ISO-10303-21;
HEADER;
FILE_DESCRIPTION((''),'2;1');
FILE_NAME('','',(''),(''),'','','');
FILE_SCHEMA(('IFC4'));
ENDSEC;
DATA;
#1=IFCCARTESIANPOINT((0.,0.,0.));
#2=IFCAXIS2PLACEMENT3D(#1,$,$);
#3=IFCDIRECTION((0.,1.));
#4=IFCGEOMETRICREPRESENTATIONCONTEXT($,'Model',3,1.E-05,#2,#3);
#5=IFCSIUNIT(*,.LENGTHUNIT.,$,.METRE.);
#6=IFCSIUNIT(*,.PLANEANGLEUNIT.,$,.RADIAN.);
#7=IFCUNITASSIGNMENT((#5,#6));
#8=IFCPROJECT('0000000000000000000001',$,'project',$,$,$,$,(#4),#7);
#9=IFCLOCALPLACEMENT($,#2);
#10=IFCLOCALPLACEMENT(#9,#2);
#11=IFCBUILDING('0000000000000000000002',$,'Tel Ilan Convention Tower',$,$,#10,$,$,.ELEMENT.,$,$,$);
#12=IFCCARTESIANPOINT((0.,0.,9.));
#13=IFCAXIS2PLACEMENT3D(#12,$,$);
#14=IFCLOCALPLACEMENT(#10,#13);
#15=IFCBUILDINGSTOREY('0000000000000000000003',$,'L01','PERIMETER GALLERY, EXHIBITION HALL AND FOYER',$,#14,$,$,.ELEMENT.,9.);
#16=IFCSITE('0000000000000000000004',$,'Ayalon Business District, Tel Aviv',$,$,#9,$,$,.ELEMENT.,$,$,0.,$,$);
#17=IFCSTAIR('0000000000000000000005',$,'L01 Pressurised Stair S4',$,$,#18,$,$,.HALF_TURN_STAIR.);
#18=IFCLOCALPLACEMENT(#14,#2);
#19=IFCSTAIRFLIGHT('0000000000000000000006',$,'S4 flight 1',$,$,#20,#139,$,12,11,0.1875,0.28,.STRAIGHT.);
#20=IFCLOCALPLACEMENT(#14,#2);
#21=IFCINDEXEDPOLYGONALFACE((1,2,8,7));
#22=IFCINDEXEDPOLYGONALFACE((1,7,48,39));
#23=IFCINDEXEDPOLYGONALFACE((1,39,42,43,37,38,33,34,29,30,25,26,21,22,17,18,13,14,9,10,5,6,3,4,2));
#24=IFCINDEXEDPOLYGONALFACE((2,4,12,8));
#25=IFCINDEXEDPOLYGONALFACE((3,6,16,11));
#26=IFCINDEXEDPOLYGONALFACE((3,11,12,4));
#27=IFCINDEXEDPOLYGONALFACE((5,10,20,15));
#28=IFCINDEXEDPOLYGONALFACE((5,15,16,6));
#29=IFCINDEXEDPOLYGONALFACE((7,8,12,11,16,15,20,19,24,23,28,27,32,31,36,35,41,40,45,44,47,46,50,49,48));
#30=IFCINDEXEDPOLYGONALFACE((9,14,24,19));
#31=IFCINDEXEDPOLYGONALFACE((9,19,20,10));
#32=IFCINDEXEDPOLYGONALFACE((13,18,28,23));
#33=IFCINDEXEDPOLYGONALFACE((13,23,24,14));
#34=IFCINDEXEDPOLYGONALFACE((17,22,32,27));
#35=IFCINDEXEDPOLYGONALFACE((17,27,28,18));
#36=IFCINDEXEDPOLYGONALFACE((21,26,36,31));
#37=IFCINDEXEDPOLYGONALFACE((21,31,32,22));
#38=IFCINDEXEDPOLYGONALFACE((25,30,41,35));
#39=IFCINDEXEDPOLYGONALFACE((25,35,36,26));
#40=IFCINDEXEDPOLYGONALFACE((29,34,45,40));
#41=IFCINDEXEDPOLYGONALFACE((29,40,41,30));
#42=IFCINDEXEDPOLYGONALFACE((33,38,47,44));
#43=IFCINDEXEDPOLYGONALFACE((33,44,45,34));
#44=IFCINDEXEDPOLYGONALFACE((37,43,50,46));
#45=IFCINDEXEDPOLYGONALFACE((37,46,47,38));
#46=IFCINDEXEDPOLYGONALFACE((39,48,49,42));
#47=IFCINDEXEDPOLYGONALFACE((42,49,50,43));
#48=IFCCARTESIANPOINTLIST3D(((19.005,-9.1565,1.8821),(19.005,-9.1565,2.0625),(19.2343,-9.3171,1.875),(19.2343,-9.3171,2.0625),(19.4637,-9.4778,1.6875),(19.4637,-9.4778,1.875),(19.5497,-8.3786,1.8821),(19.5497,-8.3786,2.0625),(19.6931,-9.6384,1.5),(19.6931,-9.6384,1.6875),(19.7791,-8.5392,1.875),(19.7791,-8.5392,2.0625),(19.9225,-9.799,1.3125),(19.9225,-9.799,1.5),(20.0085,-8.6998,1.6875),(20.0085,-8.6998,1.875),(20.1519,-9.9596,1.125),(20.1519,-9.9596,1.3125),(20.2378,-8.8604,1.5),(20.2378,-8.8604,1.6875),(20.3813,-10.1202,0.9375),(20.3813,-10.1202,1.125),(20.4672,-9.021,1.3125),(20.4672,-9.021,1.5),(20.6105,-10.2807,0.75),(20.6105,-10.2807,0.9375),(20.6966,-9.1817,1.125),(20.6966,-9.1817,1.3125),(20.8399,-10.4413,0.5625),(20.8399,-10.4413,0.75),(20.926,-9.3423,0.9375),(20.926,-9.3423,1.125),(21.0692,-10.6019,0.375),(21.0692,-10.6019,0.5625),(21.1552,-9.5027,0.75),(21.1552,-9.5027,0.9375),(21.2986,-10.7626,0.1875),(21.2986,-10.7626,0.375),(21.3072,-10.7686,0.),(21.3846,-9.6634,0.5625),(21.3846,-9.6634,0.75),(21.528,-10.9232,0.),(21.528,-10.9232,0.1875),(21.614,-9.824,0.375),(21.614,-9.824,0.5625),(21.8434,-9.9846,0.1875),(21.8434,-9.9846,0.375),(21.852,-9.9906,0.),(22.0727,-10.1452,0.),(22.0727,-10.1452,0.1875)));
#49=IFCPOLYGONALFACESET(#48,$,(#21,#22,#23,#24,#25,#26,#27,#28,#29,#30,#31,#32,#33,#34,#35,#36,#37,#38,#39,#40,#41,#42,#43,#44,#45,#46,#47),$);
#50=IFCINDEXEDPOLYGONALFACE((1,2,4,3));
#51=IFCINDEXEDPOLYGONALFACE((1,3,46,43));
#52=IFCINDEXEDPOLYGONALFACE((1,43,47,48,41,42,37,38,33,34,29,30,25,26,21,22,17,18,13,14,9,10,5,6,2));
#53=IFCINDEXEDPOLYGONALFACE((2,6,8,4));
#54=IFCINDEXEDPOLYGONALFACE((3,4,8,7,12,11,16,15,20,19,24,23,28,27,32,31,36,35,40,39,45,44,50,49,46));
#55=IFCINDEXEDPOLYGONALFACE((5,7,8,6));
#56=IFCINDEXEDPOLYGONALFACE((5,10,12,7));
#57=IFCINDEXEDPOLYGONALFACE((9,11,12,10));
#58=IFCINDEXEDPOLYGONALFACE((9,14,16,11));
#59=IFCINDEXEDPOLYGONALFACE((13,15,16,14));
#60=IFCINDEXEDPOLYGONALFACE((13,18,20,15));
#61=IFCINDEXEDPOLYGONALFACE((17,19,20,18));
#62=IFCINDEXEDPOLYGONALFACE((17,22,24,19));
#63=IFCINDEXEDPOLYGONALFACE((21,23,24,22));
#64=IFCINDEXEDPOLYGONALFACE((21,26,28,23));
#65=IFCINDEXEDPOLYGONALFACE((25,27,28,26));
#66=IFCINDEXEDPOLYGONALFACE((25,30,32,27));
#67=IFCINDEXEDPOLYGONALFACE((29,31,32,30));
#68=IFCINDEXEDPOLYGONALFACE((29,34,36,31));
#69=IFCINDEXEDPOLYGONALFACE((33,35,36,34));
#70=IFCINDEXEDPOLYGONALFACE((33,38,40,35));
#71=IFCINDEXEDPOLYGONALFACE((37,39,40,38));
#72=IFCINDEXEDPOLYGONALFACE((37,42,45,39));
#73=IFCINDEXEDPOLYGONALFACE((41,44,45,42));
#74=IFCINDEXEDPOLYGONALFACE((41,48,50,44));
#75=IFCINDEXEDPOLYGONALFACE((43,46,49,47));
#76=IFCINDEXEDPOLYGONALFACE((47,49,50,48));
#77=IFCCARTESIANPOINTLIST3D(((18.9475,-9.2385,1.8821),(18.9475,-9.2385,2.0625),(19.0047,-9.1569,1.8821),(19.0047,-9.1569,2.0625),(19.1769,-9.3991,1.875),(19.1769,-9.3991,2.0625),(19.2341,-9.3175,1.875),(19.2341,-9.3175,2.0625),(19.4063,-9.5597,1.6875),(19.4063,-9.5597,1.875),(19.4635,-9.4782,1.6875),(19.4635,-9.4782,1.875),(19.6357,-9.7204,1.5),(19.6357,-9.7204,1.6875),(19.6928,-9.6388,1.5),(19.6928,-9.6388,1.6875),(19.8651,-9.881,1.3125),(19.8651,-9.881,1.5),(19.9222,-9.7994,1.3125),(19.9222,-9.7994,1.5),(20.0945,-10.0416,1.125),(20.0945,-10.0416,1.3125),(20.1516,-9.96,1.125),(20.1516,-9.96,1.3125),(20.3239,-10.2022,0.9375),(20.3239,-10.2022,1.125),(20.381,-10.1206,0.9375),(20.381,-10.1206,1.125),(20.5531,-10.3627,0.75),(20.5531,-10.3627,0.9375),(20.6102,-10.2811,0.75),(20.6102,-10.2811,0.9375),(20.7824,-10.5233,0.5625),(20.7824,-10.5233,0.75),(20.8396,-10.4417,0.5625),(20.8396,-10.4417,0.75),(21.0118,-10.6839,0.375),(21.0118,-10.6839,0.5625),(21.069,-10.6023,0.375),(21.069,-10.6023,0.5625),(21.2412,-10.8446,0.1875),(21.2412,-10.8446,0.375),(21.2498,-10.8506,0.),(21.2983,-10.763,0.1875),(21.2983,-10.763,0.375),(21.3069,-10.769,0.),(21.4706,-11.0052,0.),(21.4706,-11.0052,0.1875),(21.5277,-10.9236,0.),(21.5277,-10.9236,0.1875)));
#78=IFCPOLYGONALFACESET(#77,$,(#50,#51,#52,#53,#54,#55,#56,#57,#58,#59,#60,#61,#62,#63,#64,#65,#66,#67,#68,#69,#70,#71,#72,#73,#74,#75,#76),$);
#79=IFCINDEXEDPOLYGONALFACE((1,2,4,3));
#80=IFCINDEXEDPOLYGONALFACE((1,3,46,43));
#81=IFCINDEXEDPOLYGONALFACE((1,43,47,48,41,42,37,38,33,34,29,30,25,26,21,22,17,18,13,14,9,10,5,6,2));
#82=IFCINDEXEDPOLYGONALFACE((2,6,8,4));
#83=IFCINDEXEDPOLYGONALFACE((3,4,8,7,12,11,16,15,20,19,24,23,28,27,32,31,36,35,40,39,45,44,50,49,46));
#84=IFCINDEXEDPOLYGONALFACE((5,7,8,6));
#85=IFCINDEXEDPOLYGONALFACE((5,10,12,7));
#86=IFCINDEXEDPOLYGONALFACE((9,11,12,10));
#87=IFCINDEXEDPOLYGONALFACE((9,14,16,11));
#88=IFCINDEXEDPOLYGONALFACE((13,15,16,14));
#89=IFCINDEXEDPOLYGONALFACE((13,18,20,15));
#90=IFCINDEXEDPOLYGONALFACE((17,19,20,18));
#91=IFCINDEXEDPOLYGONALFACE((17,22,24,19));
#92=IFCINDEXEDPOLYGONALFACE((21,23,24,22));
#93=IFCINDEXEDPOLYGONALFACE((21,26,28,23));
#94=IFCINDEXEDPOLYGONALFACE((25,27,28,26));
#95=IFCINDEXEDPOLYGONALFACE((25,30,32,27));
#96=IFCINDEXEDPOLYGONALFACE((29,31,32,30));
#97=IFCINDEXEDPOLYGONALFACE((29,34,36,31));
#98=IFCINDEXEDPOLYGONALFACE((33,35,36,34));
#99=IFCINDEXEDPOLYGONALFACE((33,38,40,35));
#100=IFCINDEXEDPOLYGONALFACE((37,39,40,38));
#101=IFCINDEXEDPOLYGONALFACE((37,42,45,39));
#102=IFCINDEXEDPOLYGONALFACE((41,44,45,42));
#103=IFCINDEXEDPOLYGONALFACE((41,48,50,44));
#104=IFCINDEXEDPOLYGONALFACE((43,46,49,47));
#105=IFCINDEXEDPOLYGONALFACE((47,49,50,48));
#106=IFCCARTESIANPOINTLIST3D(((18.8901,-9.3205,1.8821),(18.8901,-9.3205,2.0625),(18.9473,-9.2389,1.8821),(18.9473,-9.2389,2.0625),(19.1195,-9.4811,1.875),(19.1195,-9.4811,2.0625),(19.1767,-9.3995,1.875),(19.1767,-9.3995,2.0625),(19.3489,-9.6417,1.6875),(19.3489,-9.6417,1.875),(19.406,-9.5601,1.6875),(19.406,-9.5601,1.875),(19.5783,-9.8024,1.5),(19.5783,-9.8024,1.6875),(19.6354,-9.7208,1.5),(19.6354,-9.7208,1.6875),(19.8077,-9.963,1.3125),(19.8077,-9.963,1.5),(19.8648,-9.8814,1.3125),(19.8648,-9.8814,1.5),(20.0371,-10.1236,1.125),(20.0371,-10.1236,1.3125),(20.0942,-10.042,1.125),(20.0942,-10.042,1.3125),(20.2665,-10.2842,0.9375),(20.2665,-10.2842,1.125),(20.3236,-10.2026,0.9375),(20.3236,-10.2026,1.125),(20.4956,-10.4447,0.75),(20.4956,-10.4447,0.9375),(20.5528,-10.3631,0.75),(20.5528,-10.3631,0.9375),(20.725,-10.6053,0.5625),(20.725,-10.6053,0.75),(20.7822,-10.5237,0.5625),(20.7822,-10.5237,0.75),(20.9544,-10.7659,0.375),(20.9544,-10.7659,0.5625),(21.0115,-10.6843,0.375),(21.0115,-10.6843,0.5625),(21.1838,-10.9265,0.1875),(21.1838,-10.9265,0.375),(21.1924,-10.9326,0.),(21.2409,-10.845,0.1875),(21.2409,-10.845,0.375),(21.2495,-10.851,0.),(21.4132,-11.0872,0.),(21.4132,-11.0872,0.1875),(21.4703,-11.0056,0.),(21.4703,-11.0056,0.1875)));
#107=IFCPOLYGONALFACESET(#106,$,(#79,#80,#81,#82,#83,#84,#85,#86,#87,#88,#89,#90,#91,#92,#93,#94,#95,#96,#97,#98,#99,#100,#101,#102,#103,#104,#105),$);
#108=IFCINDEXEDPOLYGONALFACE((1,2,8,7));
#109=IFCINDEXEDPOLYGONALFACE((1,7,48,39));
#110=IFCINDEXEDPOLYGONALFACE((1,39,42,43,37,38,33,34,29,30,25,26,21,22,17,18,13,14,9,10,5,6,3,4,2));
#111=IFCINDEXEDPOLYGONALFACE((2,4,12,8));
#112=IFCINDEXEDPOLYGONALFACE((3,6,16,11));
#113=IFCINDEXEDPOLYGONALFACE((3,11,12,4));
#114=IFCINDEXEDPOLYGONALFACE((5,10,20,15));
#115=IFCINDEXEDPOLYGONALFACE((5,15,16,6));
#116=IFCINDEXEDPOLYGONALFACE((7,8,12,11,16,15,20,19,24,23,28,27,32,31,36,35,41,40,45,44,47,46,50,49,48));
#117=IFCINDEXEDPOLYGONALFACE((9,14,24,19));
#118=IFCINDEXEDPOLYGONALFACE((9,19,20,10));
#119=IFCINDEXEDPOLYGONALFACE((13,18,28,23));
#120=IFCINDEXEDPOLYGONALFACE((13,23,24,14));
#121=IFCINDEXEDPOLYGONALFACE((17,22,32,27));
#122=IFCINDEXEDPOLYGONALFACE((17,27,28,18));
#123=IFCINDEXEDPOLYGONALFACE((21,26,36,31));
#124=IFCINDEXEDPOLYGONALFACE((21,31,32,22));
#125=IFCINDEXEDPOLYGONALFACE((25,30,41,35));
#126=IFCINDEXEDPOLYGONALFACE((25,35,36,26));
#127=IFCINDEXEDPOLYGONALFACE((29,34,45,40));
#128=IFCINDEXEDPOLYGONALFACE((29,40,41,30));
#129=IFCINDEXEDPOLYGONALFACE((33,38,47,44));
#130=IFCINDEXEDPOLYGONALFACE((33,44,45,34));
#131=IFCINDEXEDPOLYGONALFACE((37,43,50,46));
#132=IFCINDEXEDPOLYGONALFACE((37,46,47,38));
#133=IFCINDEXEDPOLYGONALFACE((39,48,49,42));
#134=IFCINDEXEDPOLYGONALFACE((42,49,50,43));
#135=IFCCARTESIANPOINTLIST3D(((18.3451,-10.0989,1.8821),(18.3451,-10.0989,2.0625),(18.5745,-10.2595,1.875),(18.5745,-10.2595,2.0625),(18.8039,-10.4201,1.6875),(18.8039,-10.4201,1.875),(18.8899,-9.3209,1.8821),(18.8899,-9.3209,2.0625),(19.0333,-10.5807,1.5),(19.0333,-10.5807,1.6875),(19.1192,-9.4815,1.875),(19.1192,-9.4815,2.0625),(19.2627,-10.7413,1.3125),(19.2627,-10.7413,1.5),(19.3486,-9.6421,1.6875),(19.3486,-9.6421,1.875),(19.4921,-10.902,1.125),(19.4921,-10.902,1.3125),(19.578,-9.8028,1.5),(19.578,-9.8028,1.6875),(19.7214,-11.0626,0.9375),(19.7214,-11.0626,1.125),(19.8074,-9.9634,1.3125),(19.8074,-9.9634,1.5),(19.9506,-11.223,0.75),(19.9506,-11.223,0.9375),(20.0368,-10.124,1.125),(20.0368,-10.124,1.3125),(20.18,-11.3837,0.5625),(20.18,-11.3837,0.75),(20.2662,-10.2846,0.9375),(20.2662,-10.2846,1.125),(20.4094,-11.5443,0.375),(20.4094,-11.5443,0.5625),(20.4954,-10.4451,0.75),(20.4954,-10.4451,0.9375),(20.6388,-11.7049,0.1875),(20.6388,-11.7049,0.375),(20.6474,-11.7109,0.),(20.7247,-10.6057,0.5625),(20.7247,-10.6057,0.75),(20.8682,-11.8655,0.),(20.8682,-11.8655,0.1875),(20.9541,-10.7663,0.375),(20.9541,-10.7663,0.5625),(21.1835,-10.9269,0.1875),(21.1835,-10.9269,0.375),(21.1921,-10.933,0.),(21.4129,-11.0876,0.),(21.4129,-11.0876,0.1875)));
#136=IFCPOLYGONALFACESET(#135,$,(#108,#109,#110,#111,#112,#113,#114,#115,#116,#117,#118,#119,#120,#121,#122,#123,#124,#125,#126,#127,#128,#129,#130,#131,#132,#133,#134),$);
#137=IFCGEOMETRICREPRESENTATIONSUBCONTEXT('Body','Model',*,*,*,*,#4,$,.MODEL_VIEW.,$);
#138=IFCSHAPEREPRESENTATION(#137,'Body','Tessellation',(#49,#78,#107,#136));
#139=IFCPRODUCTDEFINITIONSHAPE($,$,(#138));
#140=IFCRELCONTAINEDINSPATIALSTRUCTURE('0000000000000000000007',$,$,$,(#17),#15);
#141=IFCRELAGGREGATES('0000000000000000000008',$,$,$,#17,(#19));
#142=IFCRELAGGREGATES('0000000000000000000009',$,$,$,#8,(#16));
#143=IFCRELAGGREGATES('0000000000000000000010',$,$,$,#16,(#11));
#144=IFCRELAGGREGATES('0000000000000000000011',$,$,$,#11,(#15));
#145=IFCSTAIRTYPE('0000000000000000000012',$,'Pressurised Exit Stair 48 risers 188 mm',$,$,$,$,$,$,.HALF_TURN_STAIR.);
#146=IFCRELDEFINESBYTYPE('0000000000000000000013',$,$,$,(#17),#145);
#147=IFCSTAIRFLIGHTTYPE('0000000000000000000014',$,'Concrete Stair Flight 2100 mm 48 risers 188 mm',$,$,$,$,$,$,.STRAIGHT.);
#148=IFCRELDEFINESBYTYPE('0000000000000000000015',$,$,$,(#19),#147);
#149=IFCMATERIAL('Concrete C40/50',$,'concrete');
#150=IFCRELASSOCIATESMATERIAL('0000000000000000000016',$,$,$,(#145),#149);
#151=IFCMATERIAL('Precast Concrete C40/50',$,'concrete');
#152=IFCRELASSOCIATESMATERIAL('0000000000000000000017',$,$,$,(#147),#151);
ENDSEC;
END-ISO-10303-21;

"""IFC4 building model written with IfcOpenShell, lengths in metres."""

from ifc_helpers import new_model, si_unit, direction, frame, origin, place, context, subcontext, project, spatial, polyline, outline, extrude, material, type_object, element, aggregate, save


model = new_model("IFC4")

# Units and contexts
model_context = context("Model", 3, precision=1e-05, world=origin(), true_north=direction((0.0, 1.0)))
body_context = subcontext(model_context, "Body", "Model", "MODEL_VIEW")
ifc_project = project(units=[si_unit("LENGTHUNIT", "METRE"), si_unit("PLANEANGLEUNIT", "RADIAN")], contexts=[model_context])

# Site, building, storey
site_placement = place(None, origin())
site = spatial("IfcSite", under=ifc_project, at=site_placement, Name="Ayalon Business District, Tel Aviv", CompositionType="ELEMENT", RefElevation=0.0)
building_placement = place(site_placement, origin())
building = spatial("IfcBuilding", under=site, at=building_placement, Name="Tel Ilan Convention Tower", CompositionType="ELEMENT")
storey_placement = place(building_placement, frame((0.0, 0.0, 9.0)))
storey = spatial("IfcBuildingStorey", under=building, at=storey_placement, Name="L01", Description="PERIMETER GALLERY, EXHIBITION HALL AND FOYER", CompositionType="ELEMENT", Elevation=9.0)

# Stair, stair flight
ifc_material_1 = material(Name="Concrete C40/50", Category="concrete")
stair_type = type_object("IfcStairType", Name="Pressurised Exit Stair 48 risers 188 mm", PredefinedType="HALF_TURN_STAIR", material=ifc_material_1)
stair_placement = place(storey_placement, origin())
stair = element("IfcStair", 1, at=stair_placement, inside=storey, type_object=stair_type, Name="L01 Pressurised Stair S4", PredefinedType="HALF_TURN_STAIR")
ifc_material_2 = material(Name="Precast Concrete C40/50", Category="concrete")
stair_flight_type = type_object("IfcStairFlightType", Name="Concrete Stair Flight 2100 mm 48 risers 188 mm", PredefinedType="STRAIGHT", material=ifc_material_2)
stair_flight_1_placement = place(storey_placement, frame((21.4705, -11.0054, 0.0), z_axis=(0.0, 0.0, 1.0), x_axis=(-0.819152, 0.573576, 0.0)))
stair_flight_1 = element("IfcStairFlight", 2, at=stair_flight_1_placement, type_object=stair_flight_type, Name="S4 flight 1", NumberOfRisers=12, NumberOfTreads=11, PredefinedType="STRAIGHT", RiserHeight=0.1875, TreadLength=0.28, context=body_context, shape_type="SweptSolid", body=[
    extrude(outline(polyline([(0.0, 0.0), (0.0, 0.1875), (0.28, 0.1875), (0.28, 0.375), (0.5601, 0.375), (0.5601, 0.5625), (0.8401, 0.5625), (0.8401, 0.75), (1.1201, 0.75), (1.1201, 0.9375), (1.3999, 0.9375), (1.3999, 1.125), (1.6799, 1.125), (1.6799, 1.3125), (1.96, 1.3125), (1.96, 1.5), (2.24, 1.5), (2.24, 1.6875), (2.52, 1.6875), (2.52, 1.875), (2.8, 1.875), (2.8, 2.0625), (3.0801, 2.0625), (3.0801, 2.25), (3.0801, 1.8821), (0.2695, 0.0), (0.0, 0.0)])), frame((0.0, -0.1003, 0.0), z_axis=(0.0, -1.0, 0.0), x_axis=(1.0, 0.0, 0.0)), (0.0, 0.0, 1.0), 0.9497),
    extrude(outline(polyline([(0.0, 0.0), (0.0, 0.1875), (0.28, 0.1875), (0.28, 0.375), (0.5601, 0.375), (0.5601, 0.5625), (0.8401, 0.5625), (0.8401, 0.75), (1.1201, 0.75), (1.1201, 0.9375), (1.3999, 0.9375), (1.3999, 1.125), (1.6799, 1.125), (1.6799, 1.3125), (1.96, 1.3125), (1.96, 1.5), (2.24, 1.5), (2.24, 1.6875), (2.52, 1.6875), (2.52, 1.875), (2.8, 1.875), (2.8, 2.0625), (3.0801, 2.0625), (3.0801, 2.25), (3.0801, 1.8821), (0.2695, 0.0), (0.0, 0.0)])), frame((0.0, -0.0002, 0.0), z_axis=(0.0, -1.0, 0.0), x_axis=(1.0, 0.0, 0.0)), (0.0, 0.0, 1.0), 0.0996),
    extrude(outline(polyline([(0.0, 0.0), (0.0, 0.1875), (0.28, 0.1875), (0.28, 0.375), (0.5601, 0.375), (0.5601, 0.5625), (0.8401, 0.5625), (0.8401, 0.75), (1.1201, 0.75), (1.1201, 0.9375), (1.3999, 0.9375), (1.3999, 1.125), (1.6799, 1.125), (1.6799, 1.3125), (1.96, 1.3125), (1.96, 1.5), (2.24, 1.5), (2.24, 1.6875), (2.52, 1.6875), (2.52, 1.875), (2.8, 1.875), (2.8, 2.0625), (3.0801, 2.0625), (3.0801, 2.25), (3.0801, 1.8821), (0.2695, 0.0), (0.0, 0.0)])), frame((0.0, 0.0999, 0.0), z_axis=(0.0, -1.0, 0.0), x_axis=(1.0, 0.0, 0.0)), (0.0, 0.0, 1.0), 0.0996),
    extrude(outline(polyline([(0.0, 0.0), (0.0, 0.1875), (0.28, 0.1875), (0.28, 0.375), (0.5601, 0.375), (0.5601, 0.5625), (0.8401, 0.5625), (0.8401, 0.75), (1.1201, 0.75), (1.1201, 0.9375), (1.3999, 0.9375), (1.3999, 1.125), (1.6799, 1.125), (1.6799, 1.3125), (1.96, 1.3125), (1.96, 1.5), (2.24, 1.5), (2.24, 1.6875), (2.52, 1.6875), (2.52, 1.875), (2.8, 1.875), (2.8, 2.0625), (3.0801, 2.0625), (3.0801, 2.25), (3.0801, 1.8821), (0.2695, 0.0), (0.0, 0.0)])), frame((0.0, 1.05, 0.0), z_axis=(0.0, -1.0, 0.0), x_axis=(1.0, 0.0, 0.0)), (0.0, 0.0, 1.0), 0.9497),
])
aggregate(stair, [stair_flight_1])

save(model, "model.ifc")
